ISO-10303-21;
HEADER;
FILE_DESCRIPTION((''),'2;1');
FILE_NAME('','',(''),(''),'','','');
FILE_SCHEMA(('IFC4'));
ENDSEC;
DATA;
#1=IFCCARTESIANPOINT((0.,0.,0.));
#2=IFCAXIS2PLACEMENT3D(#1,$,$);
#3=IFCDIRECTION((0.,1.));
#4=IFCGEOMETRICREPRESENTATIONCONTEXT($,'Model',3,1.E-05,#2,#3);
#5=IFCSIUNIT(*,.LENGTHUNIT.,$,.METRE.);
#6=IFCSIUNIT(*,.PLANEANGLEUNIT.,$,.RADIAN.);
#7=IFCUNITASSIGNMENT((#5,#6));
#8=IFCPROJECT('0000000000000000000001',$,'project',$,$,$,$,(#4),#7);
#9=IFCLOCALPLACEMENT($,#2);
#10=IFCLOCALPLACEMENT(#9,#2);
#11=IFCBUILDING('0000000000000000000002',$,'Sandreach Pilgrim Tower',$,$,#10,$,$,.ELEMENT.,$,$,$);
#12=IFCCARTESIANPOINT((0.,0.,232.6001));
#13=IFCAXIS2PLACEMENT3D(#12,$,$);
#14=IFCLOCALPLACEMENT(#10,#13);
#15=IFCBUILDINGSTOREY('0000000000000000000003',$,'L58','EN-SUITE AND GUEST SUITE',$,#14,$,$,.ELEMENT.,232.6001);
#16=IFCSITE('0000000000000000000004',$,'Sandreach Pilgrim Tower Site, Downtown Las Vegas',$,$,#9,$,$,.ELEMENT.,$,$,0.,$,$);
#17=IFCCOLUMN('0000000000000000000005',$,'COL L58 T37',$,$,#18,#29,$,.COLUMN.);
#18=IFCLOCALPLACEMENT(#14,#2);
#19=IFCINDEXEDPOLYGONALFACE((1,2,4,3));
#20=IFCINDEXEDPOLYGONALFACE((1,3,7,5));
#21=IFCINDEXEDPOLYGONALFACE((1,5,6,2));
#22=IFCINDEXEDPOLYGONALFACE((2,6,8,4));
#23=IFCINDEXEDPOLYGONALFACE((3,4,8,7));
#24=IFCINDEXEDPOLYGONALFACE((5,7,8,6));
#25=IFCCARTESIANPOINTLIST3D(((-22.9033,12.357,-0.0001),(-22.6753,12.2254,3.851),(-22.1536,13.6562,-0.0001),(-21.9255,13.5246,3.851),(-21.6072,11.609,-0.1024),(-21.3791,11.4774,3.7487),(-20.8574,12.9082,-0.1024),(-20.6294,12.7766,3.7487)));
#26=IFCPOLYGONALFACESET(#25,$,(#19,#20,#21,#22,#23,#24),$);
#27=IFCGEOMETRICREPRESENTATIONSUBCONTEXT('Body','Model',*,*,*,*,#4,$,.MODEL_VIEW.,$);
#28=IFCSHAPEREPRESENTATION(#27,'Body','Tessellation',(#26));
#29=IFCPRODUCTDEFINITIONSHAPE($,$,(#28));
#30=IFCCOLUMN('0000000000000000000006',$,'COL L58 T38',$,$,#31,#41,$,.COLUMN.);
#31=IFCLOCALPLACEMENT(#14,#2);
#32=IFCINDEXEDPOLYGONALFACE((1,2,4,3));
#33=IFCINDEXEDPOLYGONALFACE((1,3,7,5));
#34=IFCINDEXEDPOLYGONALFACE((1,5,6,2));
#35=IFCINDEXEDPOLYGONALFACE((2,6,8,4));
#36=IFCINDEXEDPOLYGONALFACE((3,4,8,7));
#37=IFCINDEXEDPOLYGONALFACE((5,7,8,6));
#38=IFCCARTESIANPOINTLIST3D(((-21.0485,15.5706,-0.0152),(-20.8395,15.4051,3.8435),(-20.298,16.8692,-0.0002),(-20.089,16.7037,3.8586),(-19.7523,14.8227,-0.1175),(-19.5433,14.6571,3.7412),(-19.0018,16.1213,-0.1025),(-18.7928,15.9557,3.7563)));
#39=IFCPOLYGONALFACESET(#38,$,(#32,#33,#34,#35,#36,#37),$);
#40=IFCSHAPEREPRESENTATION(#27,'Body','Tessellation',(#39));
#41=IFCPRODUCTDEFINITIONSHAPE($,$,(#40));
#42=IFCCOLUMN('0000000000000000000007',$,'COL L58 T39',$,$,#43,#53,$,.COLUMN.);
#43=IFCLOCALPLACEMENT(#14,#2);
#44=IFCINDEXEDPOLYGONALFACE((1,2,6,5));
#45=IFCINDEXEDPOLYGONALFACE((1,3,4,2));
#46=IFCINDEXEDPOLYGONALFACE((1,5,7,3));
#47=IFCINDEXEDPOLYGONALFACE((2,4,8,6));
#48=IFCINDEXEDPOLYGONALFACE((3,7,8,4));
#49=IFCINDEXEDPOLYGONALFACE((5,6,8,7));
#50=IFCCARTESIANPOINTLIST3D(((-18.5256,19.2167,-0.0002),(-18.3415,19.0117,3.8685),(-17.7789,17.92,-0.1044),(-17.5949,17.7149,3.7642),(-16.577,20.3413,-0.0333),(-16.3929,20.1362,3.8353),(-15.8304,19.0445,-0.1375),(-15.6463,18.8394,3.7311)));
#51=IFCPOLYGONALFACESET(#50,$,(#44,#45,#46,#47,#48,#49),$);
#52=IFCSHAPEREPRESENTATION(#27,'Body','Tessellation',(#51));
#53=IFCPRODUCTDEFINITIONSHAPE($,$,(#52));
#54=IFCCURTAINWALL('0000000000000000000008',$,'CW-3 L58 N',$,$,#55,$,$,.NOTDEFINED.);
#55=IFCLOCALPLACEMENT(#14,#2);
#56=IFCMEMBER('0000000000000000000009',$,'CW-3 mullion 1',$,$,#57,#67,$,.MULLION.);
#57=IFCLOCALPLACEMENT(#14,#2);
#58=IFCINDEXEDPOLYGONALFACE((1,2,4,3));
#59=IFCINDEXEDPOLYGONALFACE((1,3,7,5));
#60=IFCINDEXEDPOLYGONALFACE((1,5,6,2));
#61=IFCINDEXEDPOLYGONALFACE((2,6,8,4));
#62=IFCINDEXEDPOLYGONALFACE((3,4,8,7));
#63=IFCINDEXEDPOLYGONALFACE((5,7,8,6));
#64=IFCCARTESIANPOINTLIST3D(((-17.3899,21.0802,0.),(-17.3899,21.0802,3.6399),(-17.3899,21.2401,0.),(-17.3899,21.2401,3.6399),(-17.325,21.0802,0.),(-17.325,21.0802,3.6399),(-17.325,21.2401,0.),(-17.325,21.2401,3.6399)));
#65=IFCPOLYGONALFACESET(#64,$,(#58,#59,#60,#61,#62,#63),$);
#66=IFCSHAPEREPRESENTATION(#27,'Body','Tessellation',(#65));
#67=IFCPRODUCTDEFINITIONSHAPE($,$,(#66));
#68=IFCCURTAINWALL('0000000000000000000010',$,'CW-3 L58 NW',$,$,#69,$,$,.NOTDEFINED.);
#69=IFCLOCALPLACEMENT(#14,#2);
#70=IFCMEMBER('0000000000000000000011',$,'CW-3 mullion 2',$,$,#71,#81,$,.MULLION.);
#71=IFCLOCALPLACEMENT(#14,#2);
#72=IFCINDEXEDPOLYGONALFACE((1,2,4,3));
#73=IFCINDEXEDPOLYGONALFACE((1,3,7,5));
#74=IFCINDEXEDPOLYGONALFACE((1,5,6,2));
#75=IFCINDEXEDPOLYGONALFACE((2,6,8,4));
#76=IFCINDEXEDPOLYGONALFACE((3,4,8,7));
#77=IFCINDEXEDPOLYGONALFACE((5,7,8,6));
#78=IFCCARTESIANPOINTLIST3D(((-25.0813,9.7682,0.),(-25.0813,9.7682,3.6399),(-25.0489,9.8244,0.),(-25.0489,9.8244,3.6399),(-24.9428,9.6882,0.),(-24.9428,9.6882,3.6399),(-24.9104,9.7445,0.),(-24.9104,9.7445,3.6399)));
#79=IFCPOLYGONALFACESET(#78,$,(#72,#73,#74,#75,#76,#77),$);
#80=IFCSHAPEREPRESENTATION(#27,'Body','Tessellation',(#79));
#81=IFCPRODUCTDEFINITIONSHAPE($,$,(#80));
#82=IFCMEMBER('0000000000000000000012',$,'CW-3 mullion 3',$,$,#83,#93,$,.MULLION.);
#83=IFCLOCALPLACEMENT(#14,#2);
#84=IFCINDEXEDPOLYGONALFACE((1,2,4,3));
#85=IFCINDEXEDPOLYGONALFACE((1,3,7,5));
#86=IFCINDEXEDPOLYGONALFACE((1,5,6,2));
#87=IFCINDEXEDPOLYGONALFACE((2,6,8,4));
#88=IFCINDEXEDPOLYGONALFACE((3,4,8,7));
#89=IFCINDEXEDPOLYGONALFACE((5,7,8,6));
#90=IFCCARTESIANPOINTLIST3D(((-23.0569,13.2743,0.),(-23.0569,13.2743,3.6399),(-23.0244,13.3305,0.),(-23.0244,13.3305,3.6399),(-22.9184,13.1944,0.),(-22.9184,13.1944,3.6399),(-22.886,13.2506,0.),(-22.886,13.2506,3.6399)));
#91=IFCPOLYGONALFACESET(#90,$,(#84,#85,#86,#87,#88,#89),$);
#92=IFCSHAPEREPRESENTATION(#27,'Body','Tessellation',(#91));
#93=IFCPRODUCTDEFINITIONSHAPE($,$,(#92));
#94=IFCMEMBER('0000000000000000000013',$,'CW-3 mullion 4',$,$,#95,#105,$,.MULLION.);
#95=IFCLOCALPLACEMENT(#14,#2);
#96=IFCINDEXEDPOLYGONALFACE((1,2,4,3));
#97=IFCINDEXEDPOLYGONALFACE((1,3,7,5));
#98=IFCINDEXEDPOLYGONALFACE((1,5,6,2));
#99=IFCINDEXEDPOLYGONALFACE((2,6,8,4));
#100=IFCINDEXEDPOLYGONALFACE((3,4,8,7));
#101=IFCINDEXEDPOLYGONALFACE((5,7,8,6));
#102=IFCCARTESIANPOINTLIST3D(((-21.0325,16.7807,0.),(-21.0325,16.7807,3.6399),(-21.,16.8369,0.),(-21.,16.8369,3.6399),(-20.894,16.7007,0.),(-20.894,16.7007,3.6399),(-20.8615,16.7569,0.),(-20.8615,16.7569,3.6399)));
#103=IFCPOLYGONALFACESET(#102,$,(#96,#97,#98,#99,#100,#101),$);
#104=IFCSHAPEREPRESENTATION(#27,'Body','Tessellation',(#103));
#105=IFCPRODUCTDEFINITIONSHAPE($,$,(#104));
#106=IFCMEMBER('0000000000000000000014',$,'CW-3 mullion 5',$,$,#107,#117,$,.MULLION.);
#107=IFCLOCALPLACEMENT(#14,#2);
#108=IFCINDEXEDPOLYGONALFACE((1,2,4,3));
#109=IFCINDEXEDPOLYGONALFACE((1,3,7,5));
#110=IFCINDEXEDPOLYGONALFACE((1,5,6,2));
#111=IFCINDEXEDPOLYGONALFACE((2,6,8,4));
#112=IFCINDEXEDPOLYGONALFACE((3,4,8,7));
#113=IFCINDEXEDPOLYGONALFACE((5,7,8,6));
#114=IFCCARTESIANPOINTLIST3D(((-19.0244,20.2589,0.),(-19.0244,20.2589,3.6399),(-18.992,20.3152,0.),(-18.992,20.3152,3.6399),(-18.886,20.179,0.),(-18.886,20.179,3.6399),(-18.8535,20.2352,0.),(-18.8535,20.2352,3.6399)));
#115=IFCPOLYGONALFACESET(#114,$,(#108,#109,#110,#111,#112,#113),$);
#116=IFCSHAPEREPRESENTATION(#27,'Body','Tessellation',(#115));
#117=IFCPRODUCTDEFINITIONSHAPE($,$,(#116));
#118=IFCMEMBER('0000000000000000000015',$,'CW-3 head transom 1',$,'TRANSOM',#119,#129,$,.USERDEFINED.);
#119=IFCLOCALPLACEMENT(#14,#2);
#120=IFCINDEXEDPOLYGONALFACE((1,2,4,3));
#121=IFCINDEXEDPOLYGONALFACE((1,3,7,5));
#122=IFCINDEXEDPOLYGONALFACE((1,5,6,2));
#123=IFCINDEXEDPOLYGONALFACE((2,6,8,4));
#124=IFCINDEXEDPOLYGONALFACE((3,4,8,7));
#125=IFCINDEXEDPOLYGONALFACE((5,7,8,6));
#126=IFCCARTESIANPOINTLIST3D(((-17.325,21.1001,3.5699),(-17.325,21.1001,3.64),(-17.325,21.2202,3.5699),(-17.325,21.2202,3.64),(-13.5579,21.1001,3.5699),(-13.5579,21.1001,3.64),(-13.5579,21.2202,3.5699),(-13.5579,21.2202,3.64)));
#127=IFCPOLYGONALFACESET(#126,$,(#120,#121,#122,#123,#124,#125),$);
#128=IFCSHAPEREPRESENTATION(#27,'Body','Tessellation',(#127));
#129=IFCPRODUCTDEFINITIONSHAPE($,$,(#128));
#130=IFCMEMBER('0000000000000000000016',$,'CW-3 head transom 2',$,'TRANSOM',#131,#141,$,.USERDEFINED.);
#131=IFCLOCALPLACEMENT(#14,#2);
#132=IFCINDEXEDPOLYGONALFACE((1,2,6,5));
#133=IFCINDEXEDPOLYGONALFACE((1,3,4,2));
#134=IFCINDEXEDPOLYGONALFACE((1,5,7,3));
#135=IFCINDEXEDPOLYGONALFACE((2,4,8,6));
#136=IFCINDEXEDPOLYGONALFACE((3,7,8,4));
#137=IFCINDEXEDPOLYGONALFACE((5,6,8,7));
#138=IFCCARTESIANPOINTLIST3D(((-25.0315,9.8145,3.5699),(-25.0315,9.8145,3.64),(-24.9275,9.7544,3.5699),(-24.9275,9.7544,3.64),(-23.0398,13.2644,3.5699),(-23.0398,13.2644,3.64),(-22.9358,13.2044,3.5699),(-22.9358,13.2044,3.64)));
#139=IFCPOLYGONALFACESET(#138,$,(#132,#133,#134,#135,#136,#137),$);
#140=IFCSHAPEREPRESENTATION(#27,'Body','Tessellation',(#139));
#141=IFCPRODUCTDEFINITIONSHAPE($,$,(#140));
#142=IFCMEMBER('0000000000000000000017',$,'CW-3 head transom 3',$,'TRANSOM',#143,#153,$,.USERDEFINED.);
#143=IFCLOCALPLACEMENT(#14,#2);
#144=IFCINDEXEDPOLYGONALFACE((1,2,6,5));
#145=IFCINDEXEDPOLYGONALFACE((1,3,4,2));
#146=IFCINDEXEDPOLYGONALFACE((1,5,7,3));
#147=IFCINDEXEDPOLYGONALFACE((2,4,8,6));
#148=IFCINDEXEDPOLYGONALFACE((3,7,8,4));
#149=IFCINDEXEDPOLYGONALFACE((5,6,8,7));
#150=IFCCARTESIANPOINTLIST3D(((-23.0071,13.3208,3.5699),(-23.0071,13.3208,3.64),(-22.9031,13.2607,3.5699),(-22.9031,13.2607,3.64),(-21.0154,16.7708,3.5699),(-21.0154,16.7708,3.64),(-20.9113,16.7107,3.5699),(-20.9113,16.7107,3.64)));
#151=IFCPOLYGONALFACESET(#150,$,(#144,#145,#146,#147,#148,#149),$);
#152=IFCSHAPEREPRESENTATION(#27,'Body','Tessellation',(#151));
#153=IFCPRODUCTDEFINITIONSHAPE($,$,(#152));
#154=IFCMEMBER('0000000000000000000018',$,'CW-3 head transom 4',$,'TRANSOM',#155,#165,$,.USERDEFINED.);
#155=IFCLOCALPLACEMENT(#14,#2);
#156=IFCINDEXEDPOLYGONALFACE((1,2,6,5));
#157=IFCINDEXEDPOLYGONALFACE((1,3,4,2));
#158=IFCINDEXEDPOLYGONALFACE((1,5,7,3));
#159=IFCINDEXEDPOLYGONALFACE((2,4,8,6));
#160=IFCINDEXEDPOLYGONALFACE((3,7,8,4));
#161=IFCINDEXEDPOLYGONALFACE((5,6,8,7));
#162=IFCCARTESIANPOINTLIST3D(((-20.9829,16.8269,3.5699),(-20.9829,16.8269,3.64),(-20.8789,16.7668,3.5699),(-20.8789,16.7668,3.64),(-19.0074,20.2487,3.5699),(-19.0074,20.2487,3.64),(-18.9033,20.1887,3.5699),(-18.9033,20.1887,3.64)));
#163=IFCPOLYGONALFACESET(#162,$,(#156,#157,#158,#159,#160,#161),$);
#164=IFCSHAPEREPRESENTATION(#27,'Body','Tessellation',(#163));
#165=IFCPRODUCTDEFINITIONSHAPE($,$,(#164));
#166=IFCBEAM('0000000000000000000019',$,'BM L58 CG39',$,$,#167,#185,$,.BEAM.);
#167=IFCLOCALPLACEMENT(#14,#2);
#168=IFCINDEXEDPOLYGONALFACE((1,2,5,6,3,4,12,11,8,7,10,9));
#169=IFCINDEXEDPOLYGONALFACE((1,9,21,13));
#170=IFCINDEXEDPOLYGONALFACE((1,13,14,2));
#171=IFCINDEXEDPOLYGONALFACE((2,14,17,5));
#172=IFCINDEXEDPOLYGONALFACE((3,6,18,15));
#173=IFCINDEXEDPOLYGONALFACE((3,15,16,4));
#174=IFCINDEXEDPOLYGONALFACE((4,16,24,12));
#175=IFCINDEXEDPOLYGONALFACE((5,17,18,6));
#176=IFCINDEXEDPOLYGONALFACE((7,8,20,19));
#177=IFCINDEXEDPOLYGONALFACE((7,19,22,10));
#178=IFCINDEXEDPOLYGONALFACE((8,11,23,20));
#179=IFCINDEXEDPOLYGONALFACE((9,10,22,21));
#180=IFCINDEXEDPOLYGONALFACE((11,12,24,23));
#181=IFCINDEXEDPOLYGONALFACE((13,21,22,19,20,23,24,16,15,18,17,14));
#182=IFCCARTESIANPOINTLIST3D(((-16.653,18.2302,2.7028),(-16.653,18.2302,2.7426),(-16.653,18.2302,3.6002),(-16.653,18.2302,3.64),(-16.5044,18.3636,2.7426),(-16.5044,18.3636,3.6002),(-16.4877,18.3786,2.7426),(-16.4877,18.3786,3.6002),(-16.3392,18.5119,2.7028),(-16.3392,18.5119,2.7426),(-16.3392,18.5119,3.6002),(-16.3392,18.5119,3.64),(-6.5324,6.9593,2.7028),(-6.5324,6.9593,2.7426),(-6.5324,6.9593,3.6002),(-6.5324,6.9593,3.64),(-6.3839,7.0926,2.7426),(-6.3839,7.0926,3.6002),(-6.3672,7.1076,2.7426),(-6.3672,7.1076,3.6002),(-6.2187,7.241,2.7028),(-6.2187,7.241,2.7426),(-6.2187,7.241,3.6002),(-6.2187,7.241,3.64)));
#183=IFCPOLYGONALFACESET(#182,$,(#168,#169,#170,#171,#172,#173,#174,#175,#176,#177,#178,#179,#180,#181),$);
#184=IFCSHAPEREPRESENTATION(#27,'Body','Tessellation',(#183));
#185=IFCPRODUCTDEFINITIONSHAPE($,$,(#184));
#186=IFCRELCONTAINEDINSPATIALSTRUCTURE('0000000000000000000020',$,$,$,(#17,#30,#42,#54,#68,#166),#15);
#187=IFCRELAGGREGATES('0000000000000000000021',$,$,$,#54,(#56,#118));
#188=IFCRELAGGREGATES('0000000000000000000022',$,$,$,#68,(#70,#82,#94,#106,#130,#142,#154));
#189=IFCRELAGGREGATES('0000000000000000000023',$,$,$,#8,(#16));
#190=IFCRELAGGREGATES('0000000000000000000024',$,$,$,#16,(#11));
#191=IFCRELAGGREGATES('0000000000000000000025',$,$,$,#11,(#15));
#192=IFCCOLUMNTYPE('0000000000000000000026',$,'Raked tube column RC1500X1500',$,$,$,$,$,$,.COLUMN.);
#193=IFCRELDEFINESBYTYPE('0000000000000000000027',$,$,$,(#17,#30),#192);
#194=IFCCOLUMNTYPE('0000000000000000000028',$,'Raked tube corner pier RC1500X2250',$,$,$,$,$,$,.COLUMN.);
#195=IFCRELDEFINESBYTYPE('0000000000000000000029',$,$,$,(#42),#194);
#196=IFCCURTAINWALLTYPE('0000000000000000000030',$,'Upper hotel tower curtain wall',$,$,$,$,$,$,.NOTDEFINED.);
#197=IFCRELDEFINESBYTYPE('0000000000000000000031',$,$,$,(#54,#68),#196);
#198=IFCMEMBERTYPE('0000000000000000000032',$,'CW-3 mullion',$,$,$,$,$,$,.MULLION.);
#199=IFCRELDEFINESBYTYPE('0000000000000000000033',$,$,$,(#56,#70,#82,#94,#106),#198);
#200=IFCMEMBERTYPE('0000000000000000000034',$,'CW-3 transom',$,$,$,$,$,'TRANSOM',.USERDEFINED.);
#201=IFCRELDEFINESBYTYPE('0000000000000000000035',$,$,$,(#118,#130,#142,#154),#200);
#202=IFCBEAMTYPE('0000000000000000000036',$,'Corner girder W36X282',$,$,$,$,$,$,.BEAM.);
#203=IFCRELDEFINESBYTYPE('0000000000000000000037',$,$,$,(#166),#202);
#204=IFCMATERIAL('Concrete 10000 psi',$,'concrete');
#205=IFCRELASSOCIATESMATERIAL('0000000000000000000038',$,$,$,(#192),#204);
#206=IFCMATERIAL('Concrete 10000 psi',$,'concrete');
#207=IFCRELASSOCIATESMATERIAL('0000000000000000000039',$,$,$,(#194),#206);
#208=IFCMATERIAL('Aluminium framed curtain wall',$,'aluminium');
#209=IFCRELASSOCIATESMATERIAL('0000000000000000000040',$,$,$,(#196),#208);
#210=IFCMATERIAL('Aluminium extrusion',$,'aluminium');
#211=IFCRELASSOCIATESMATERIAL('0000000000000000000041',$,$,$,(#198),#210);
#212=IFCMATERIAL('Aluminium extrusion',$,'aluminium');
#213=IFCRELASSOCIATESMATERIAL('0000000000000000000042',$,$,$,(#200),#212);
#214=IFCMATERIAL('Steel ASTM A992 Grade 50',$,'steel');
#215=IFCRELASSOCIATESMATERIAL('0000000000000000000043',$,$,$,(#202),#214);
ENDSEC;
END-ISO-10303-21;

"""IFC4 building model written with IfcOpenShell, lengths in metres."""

from ifc_helpers import new_model, si_unit, direction, frame, origin, origin_2d, place, context, subcontext, project, spatial, rectangle, i_section, extrude, material, material_profile, profile_set, type_object, element, aggregate, save


model = new_model("IFC4")

# Units and contexts
model_context = context("Model", 3, precision=1e-05, world=origin(), true_north=direction((0.0, 1.0)))
body_context = subcontext(model_context, "Body", "Model", "MODEL_VIEW")
ifc_project = project(units=[si_unit("LENGTHUNIT", "METRE"), si_unit("PLANEANGLEUNIT", "RADIAN")], contexts=[model_context])

# Site, building, storey
site_placement = place(None, origin())
site = spatial("IfcSite", under=ifc_project, at=site_placement, Name="Sandreach Pilgrim Tower Site, Downtown Las Vegas", CompositionType="ELEMENT", RefElevation=0.0)
building_placement = place(site_placement, origin())
building = spatial("IfcBuilding", under=site, at=building_placement, Name="Sandreach Pilgrim Tower", CompositionType="ELEMENT")
storey_placement = place(building_placement, frame((0.0, 0.0, 232.6001)))
storey = spatial("IfcBuildingStorey", under=building, at=storey_placement, Name="L58", Description="EN-SUITE AND GUEST SUITE", CompositionType="ELEMENT", Elevation=232.6001)

# Columns
ifc_material_1 = material(Name="Concrete 10000 psi", Category="concrete")
ifc_material_profile_1 = material_profile(ifc_material_1, rectangle(XDim=1.5, YDim=1.5, at=origin_2d()), Name="RC1500X1500")
ifc_profile_set_1 = profile_set([ifc_material_profile_1], Name="Concrete 10000 psi")
column_type_1 = type_object("IfcColumnType", Name="Raked tube column RC1500X1500", PredefinedType="COLUMN", material=ifc_profile_set_1)
column_1_placement = place(storey_placement, frame((-21.8804, 12.6326, -0.0513), z_axis=(0.059073, -0.034091, 0.997671), x_axis=(-0.864107, 0.498666, 0.068204)))
element("IfcColumn", 1, at=column_1_placement, inside=storey, type_object=column_type_1, Name="COL L58 T37", PredefinedType="COLUMN", context=body_context, shape_type="SweptSolid", body=[
    extrude(rectangle(XDim=1.5, YDim=1.5, at=origin_2d()), origin(), (0.0, 0.0, 1.0), 3.8601),
])
column_2_placement = place(storey_placement, frame((-20.0251, 15.8459, -0.0588), z_axis=(0.054031, -0.042796, 0.997622), x_axis=(-0.864121, 0.498644, 0.068192)))
element("IfcColumn", 2, at=column_2_placement, inside=storey, type_object=column_type_1, Name="COL L58 T38", PredefinedType="COLUMN", context=body_context, shape_type="SweptSolid", body=[
    extrude(rectangle(XDim=1.5, YDim=1.5, at=origin_2d()), origin(), (0.0, 0.0, 1.0), 3.8679),
])
ifc_material_2 = material(Name="Concrete 10000 psi", Category="concrete")
ifc_material_profile_2 = material_profile(ifc_material_2, rectangle(XDim=1.5, YDim=2.25, at=origin_2d()), Name="RC1500X2250")
ifc_profile_set_2 = profile_set([ifc_material_profile_2], Name="Concrete 10000 psi")
column_type_2 = type_object("IfcColumnType", Name="Raked tube corner pier RC1500X2250", PredefinedType="COLUMN", material=ifc_profile_set_2)
column_3_placement = place(storey_placement, frame((-17.178, 19.1306, -0.0688), z_axis=(0.047463, -0.052876, 0.997473), x_axis=(-0.497751, 0.86453, 0.069513)))
element("IfcColumn", 3, at=column_3_placement, inside=storey, type_object=column_type_2, Name="COL L58 T39", PredefinedType="COLUMN", context=body_context, shape_type="SweptSolid", body=[
    extrude(rectangle(XDim=1.5, YDim=2.25, at=origin_2d()), origin(), (0.0, 0.0, 1.0), 3.8784),
])

# Curtain wall, member
ifc_material_3 = material(Name="Aluminium framed curtain wall", Category="aluminium")
curtain_wall_type = type_object("IfcCurtainWallType", Name="Upper hotel tower curtain wall", PredefinedType="NOTDEFINED", material=ifc_material_3)
curtain_wall_1_placement = place(storey_placement, origin())
curtain_wall_1 = element("IfcCurtainWall", 4, at=curtain_wall_1_placement, inside=storey, type_object=curtain_wall_type, Name="CW-3 L58 N", PredefinedType="NOTDEFINED")
ifc_material_4 = material(Name="Aluminium extrusion", Category="aluminium")
ifc_material_profile_3 = material_profile(ifc_material_4, rectangle(XDim=0.0649, YDim=0.1599, at=origin_2d()), Name="CW-3M 65X160")
ifc_profile_set_3 = profile_set([ifc_material_profile_3], Name="Aluminium extrusion")
member_type_1 = type_object("IfcMemberType", Name="CW-3 mullion", PredefinedType="MULLION", material=ifc_profile_set_3)
member_1_placement = place(storey_placement, frame((-17.3574, 21.1602, 0.0), z_axis=(0.0, 0.0, 1.0), x_axis=(1.0, 0.0, 0.0)))
member_1 = element("IfcMember", 5, at=member_1_placement, type_object=member_type_1, Name="CW-3 mullion 1", PredefinedType="MULLION", context=body_context, shape_type="SweptSolid", body=[
    extrude(rectangle(XDim=0.0649, YDim=0.1599, at=origin_2d()), origin(), (0.0, 0.0, 1.0), 3.6399),
])

# Curtain wall, members
curtain_wall_2_placement = place(storey_placement, origin())
curtain_wall_2 = element("IfcCurtainWall", 6, at=curtain_wall_2_placement, inside=storey, type_object=curtain_wall_type, Name="CW-3 L58 NW", PredefinedType="NOTDEFINED")
member_2_placement = place(storey_placement, frame((-24.9958, 9.7563, 0.0), z_axis=(0.0, 0.0, 1.0), x_axis=(0.5, 0.866025, 0.0)))
member_2 = element("IfcMember", 7, at=member_2_placement, type_object=member_type_1, Name="CW-3 mullion 2", PredefinedType="MULLION", context=body_context, shape_type="SweptSolid", body=[
    extrude(rectangle(XDim=0.0649, YDim=0.1599, at=origin_2d()), origin(), (0.0, 0.0, 1.0), 3.6399),
])
member_3_placement = place(storey_placement, frame((-22.9714, 13.2625, 0.0), z_axis=(0.0, 0.0, 1.0), x_axis=(0.5, 0.866025, 0.0)))
member_3 = element("IfcMember", 8, at=member_3_placement, type_object=member_type_1, Name="CW-3 mullion 3", PredefinedType="MULLION", context=body_context, shape_type="SweptSolid", body=[
    extrude(rectangle(XDim=0.0649, YDim=0.1599, at=origin_2d()), origin(), (0.0, 0.0, 1.0), 3.6399),
])
member_4_placement = place(storey_placement, frame((-20.947, 16.7688, 0.0), z_axis=(0.0, 0.0, 1.0), x_axis=(0.5, 0.866025, 0.0)))
member_4 = element("IfcMember", 9, at=member_4_placement, type_object=member_type_1, Name="CW-3 mullion 4", PredefinedType="MULLION", context=body_context, shape_type="SweptSolid", body=[
    extrude(rectangle(XDim=0.0649, YDim=0.1599, at=origin_2d()), origin(), (0.0, 0.0, 1.0), 3.6399),
])
member_5_placement = place(storey_placement, frame((-18.939, 20.2471, 0.0), z_axis=(0.0, 0.0, 1.0), x_axis=(0.5, 0.866025, 0.0)))
member_5 = element("IfcMember", 10, at=member_5_placement, type_object=member_type_1, Name="CW-3 mullion 5", PredefinedType="MULLION", context=body_context, shape_type="SweptSolid", body=[
    extrude(rectangle(XDim=0.0649, YDim=0.1599, at=origin_2d()), origin(), (0.0, 0.0, 1.0), 3.6399),
])

# Members
ifc_material_5 = material(Name="Aluminium extrusion", Category="aluminium")
ifc_material_profile_4 = material_profile(ifc_material_5, rectangle(XDim=0.1201, YDim=0.0701, at=origin_2d()), Name="CW-3T 120X70")
ifc_profile_set_4 = profile_set([ifc_material_profile_4], Name="Aluminium extrusion")
member_type_2 = type_object("IfcMemberType", Name="CW-3 transom", ElementType="TRANSOM", PredefinedType="USERDEFINED", material=ifc_profile_set_4)
member_6_placement = place(storey_placement, frame((-17.325, 21.1602, 3.605), z_axis=(1.0, 0.0, 0.0), x_axis=(0.0, 1.0, 0.0)))
member_6 = element("IfcMember", 11, at=member_6_placement, type_object=member_type_2, Name="CW-3 head transom 1", ObjectType="TRANSOM", PredefinedType="USERDEFINED", context=body_context, shape_type="SweptSolid", body=[
    extrude(rectangle(XDim=0.1201, YDim=0.0701, at=origin_2d()), origin(), (0.0, 0.0, 1.0), 3.7671),
])
member_7_placement = place(storey_placement, frame((-24.9795, 9.7844, 3.605), z_axis=(0.499975, 0.86604, 0.0), x_axis=(-0.86604, 0.499975, 0.0)))
member_7 = element("IfcMember", 12, at=member_7_placement, type_object=member_type_2, Name="CW-3 head transom 2", ObjectType="TRANSOM", PredefinedType="USERDEFINED", context=body_context, shape_type="SweptSolid", body=[
    extrude(rectangle(XDim=0.1201, YDim=0.0701, at=origin_2d()), origin(), (0.0, 0.0, 1.0), 3.9836),
])
member_8_placement = place(storey_placement, frame((-22.9551, 13.2908, 3.605), z_axis=(0.499975, 0.86604, 0.0), x_axis=(-0.86604, 0.499975, 0.0)))
member_8 = element("IfcMember", 13, at=member_8_placement, type_object=member_type_2, Name="CW-3 head transom 3", ObjectType="TRANSOM", PredefinedType="USERDEFINED", context=body_context, shape_type="SweptSolid", body=[
    extrude(rectangle(XDim=0.1201, YDim=0.0701, at=origin_2d()), origin(), (0.0, 0.0, 1.0), 3.9836),
])
member_9_placement = place(storey_placement, frame((-20.9309, 16.7969, 3.605), z_axis=(0.499993, 0.866029, 0.0), x_axis=(-0.866029, 0.499993, 0.0)))
member_9 = element("IfcMember", 14, at=member_9_placement, type_object=member_type_2, Name="CW-3 head transom 4", ObjectType="TRANSOM", PredefinedType="USERDEFINED", context=body_context, shape_type="SweptSolid", body=[
    extrude(rectangle(XDim=0.1201, YDim=0.0701, at=origin_2d()), origin(), (0.0, 0.0, 1.0), 3.9512),
])

# Beam
ifc_material_6 = material(Name="Steel ASTM A992 Grade 50", Category="steel")
ifc_material_profile_5 = material_profile(ifc_material_6, i_section(OverallWidth=0.4216, OverallDepth=0.9373, WebThickness=0.0225, FlangeThickness=0.0398, at=origin_2d()), Name="W36X282")
ifc_profile_set_5 = profile_set([ifc_material_profile_5], Name="Steel ASTM A992 Grade 50")
beam_type_1 = type_object("IfcBeamType", Name="Corner girder W36X282", PredefinedType="BEAM", material=ifc_profile_set_5)
beam_1_placement = place(storey_placement, frame((-16.4961, 18.3711, 3.1714), z_axis=(0.668115, -0.744058, 0.0), x_axis=(0.744058, 0.668115, 0.0)))
element("IfcBeam", 15, at=beam_1_placement, inside=storey, type_object=beam_type_1, Name="BM L58 CG39", PredefinedType="BEAM", context=body_context, shape_type="SweptSolid", body=[
    extrude(i_section(OverallWidth=0.4216, OverallDepth=0.9373, WebThickness=0.0225, FlangeThickness=0.0398, at=origin_2d()), origin(), (0.0, 0.0, 1.0), 15.1479),
])

aggregate(curtain_wall_1, [member_1, member_6])
aggregate(curtain_wall_2, [member_2, member_3, member_4, member_5, member_7, member_8, member_9])

save(model, "model.ifc")
